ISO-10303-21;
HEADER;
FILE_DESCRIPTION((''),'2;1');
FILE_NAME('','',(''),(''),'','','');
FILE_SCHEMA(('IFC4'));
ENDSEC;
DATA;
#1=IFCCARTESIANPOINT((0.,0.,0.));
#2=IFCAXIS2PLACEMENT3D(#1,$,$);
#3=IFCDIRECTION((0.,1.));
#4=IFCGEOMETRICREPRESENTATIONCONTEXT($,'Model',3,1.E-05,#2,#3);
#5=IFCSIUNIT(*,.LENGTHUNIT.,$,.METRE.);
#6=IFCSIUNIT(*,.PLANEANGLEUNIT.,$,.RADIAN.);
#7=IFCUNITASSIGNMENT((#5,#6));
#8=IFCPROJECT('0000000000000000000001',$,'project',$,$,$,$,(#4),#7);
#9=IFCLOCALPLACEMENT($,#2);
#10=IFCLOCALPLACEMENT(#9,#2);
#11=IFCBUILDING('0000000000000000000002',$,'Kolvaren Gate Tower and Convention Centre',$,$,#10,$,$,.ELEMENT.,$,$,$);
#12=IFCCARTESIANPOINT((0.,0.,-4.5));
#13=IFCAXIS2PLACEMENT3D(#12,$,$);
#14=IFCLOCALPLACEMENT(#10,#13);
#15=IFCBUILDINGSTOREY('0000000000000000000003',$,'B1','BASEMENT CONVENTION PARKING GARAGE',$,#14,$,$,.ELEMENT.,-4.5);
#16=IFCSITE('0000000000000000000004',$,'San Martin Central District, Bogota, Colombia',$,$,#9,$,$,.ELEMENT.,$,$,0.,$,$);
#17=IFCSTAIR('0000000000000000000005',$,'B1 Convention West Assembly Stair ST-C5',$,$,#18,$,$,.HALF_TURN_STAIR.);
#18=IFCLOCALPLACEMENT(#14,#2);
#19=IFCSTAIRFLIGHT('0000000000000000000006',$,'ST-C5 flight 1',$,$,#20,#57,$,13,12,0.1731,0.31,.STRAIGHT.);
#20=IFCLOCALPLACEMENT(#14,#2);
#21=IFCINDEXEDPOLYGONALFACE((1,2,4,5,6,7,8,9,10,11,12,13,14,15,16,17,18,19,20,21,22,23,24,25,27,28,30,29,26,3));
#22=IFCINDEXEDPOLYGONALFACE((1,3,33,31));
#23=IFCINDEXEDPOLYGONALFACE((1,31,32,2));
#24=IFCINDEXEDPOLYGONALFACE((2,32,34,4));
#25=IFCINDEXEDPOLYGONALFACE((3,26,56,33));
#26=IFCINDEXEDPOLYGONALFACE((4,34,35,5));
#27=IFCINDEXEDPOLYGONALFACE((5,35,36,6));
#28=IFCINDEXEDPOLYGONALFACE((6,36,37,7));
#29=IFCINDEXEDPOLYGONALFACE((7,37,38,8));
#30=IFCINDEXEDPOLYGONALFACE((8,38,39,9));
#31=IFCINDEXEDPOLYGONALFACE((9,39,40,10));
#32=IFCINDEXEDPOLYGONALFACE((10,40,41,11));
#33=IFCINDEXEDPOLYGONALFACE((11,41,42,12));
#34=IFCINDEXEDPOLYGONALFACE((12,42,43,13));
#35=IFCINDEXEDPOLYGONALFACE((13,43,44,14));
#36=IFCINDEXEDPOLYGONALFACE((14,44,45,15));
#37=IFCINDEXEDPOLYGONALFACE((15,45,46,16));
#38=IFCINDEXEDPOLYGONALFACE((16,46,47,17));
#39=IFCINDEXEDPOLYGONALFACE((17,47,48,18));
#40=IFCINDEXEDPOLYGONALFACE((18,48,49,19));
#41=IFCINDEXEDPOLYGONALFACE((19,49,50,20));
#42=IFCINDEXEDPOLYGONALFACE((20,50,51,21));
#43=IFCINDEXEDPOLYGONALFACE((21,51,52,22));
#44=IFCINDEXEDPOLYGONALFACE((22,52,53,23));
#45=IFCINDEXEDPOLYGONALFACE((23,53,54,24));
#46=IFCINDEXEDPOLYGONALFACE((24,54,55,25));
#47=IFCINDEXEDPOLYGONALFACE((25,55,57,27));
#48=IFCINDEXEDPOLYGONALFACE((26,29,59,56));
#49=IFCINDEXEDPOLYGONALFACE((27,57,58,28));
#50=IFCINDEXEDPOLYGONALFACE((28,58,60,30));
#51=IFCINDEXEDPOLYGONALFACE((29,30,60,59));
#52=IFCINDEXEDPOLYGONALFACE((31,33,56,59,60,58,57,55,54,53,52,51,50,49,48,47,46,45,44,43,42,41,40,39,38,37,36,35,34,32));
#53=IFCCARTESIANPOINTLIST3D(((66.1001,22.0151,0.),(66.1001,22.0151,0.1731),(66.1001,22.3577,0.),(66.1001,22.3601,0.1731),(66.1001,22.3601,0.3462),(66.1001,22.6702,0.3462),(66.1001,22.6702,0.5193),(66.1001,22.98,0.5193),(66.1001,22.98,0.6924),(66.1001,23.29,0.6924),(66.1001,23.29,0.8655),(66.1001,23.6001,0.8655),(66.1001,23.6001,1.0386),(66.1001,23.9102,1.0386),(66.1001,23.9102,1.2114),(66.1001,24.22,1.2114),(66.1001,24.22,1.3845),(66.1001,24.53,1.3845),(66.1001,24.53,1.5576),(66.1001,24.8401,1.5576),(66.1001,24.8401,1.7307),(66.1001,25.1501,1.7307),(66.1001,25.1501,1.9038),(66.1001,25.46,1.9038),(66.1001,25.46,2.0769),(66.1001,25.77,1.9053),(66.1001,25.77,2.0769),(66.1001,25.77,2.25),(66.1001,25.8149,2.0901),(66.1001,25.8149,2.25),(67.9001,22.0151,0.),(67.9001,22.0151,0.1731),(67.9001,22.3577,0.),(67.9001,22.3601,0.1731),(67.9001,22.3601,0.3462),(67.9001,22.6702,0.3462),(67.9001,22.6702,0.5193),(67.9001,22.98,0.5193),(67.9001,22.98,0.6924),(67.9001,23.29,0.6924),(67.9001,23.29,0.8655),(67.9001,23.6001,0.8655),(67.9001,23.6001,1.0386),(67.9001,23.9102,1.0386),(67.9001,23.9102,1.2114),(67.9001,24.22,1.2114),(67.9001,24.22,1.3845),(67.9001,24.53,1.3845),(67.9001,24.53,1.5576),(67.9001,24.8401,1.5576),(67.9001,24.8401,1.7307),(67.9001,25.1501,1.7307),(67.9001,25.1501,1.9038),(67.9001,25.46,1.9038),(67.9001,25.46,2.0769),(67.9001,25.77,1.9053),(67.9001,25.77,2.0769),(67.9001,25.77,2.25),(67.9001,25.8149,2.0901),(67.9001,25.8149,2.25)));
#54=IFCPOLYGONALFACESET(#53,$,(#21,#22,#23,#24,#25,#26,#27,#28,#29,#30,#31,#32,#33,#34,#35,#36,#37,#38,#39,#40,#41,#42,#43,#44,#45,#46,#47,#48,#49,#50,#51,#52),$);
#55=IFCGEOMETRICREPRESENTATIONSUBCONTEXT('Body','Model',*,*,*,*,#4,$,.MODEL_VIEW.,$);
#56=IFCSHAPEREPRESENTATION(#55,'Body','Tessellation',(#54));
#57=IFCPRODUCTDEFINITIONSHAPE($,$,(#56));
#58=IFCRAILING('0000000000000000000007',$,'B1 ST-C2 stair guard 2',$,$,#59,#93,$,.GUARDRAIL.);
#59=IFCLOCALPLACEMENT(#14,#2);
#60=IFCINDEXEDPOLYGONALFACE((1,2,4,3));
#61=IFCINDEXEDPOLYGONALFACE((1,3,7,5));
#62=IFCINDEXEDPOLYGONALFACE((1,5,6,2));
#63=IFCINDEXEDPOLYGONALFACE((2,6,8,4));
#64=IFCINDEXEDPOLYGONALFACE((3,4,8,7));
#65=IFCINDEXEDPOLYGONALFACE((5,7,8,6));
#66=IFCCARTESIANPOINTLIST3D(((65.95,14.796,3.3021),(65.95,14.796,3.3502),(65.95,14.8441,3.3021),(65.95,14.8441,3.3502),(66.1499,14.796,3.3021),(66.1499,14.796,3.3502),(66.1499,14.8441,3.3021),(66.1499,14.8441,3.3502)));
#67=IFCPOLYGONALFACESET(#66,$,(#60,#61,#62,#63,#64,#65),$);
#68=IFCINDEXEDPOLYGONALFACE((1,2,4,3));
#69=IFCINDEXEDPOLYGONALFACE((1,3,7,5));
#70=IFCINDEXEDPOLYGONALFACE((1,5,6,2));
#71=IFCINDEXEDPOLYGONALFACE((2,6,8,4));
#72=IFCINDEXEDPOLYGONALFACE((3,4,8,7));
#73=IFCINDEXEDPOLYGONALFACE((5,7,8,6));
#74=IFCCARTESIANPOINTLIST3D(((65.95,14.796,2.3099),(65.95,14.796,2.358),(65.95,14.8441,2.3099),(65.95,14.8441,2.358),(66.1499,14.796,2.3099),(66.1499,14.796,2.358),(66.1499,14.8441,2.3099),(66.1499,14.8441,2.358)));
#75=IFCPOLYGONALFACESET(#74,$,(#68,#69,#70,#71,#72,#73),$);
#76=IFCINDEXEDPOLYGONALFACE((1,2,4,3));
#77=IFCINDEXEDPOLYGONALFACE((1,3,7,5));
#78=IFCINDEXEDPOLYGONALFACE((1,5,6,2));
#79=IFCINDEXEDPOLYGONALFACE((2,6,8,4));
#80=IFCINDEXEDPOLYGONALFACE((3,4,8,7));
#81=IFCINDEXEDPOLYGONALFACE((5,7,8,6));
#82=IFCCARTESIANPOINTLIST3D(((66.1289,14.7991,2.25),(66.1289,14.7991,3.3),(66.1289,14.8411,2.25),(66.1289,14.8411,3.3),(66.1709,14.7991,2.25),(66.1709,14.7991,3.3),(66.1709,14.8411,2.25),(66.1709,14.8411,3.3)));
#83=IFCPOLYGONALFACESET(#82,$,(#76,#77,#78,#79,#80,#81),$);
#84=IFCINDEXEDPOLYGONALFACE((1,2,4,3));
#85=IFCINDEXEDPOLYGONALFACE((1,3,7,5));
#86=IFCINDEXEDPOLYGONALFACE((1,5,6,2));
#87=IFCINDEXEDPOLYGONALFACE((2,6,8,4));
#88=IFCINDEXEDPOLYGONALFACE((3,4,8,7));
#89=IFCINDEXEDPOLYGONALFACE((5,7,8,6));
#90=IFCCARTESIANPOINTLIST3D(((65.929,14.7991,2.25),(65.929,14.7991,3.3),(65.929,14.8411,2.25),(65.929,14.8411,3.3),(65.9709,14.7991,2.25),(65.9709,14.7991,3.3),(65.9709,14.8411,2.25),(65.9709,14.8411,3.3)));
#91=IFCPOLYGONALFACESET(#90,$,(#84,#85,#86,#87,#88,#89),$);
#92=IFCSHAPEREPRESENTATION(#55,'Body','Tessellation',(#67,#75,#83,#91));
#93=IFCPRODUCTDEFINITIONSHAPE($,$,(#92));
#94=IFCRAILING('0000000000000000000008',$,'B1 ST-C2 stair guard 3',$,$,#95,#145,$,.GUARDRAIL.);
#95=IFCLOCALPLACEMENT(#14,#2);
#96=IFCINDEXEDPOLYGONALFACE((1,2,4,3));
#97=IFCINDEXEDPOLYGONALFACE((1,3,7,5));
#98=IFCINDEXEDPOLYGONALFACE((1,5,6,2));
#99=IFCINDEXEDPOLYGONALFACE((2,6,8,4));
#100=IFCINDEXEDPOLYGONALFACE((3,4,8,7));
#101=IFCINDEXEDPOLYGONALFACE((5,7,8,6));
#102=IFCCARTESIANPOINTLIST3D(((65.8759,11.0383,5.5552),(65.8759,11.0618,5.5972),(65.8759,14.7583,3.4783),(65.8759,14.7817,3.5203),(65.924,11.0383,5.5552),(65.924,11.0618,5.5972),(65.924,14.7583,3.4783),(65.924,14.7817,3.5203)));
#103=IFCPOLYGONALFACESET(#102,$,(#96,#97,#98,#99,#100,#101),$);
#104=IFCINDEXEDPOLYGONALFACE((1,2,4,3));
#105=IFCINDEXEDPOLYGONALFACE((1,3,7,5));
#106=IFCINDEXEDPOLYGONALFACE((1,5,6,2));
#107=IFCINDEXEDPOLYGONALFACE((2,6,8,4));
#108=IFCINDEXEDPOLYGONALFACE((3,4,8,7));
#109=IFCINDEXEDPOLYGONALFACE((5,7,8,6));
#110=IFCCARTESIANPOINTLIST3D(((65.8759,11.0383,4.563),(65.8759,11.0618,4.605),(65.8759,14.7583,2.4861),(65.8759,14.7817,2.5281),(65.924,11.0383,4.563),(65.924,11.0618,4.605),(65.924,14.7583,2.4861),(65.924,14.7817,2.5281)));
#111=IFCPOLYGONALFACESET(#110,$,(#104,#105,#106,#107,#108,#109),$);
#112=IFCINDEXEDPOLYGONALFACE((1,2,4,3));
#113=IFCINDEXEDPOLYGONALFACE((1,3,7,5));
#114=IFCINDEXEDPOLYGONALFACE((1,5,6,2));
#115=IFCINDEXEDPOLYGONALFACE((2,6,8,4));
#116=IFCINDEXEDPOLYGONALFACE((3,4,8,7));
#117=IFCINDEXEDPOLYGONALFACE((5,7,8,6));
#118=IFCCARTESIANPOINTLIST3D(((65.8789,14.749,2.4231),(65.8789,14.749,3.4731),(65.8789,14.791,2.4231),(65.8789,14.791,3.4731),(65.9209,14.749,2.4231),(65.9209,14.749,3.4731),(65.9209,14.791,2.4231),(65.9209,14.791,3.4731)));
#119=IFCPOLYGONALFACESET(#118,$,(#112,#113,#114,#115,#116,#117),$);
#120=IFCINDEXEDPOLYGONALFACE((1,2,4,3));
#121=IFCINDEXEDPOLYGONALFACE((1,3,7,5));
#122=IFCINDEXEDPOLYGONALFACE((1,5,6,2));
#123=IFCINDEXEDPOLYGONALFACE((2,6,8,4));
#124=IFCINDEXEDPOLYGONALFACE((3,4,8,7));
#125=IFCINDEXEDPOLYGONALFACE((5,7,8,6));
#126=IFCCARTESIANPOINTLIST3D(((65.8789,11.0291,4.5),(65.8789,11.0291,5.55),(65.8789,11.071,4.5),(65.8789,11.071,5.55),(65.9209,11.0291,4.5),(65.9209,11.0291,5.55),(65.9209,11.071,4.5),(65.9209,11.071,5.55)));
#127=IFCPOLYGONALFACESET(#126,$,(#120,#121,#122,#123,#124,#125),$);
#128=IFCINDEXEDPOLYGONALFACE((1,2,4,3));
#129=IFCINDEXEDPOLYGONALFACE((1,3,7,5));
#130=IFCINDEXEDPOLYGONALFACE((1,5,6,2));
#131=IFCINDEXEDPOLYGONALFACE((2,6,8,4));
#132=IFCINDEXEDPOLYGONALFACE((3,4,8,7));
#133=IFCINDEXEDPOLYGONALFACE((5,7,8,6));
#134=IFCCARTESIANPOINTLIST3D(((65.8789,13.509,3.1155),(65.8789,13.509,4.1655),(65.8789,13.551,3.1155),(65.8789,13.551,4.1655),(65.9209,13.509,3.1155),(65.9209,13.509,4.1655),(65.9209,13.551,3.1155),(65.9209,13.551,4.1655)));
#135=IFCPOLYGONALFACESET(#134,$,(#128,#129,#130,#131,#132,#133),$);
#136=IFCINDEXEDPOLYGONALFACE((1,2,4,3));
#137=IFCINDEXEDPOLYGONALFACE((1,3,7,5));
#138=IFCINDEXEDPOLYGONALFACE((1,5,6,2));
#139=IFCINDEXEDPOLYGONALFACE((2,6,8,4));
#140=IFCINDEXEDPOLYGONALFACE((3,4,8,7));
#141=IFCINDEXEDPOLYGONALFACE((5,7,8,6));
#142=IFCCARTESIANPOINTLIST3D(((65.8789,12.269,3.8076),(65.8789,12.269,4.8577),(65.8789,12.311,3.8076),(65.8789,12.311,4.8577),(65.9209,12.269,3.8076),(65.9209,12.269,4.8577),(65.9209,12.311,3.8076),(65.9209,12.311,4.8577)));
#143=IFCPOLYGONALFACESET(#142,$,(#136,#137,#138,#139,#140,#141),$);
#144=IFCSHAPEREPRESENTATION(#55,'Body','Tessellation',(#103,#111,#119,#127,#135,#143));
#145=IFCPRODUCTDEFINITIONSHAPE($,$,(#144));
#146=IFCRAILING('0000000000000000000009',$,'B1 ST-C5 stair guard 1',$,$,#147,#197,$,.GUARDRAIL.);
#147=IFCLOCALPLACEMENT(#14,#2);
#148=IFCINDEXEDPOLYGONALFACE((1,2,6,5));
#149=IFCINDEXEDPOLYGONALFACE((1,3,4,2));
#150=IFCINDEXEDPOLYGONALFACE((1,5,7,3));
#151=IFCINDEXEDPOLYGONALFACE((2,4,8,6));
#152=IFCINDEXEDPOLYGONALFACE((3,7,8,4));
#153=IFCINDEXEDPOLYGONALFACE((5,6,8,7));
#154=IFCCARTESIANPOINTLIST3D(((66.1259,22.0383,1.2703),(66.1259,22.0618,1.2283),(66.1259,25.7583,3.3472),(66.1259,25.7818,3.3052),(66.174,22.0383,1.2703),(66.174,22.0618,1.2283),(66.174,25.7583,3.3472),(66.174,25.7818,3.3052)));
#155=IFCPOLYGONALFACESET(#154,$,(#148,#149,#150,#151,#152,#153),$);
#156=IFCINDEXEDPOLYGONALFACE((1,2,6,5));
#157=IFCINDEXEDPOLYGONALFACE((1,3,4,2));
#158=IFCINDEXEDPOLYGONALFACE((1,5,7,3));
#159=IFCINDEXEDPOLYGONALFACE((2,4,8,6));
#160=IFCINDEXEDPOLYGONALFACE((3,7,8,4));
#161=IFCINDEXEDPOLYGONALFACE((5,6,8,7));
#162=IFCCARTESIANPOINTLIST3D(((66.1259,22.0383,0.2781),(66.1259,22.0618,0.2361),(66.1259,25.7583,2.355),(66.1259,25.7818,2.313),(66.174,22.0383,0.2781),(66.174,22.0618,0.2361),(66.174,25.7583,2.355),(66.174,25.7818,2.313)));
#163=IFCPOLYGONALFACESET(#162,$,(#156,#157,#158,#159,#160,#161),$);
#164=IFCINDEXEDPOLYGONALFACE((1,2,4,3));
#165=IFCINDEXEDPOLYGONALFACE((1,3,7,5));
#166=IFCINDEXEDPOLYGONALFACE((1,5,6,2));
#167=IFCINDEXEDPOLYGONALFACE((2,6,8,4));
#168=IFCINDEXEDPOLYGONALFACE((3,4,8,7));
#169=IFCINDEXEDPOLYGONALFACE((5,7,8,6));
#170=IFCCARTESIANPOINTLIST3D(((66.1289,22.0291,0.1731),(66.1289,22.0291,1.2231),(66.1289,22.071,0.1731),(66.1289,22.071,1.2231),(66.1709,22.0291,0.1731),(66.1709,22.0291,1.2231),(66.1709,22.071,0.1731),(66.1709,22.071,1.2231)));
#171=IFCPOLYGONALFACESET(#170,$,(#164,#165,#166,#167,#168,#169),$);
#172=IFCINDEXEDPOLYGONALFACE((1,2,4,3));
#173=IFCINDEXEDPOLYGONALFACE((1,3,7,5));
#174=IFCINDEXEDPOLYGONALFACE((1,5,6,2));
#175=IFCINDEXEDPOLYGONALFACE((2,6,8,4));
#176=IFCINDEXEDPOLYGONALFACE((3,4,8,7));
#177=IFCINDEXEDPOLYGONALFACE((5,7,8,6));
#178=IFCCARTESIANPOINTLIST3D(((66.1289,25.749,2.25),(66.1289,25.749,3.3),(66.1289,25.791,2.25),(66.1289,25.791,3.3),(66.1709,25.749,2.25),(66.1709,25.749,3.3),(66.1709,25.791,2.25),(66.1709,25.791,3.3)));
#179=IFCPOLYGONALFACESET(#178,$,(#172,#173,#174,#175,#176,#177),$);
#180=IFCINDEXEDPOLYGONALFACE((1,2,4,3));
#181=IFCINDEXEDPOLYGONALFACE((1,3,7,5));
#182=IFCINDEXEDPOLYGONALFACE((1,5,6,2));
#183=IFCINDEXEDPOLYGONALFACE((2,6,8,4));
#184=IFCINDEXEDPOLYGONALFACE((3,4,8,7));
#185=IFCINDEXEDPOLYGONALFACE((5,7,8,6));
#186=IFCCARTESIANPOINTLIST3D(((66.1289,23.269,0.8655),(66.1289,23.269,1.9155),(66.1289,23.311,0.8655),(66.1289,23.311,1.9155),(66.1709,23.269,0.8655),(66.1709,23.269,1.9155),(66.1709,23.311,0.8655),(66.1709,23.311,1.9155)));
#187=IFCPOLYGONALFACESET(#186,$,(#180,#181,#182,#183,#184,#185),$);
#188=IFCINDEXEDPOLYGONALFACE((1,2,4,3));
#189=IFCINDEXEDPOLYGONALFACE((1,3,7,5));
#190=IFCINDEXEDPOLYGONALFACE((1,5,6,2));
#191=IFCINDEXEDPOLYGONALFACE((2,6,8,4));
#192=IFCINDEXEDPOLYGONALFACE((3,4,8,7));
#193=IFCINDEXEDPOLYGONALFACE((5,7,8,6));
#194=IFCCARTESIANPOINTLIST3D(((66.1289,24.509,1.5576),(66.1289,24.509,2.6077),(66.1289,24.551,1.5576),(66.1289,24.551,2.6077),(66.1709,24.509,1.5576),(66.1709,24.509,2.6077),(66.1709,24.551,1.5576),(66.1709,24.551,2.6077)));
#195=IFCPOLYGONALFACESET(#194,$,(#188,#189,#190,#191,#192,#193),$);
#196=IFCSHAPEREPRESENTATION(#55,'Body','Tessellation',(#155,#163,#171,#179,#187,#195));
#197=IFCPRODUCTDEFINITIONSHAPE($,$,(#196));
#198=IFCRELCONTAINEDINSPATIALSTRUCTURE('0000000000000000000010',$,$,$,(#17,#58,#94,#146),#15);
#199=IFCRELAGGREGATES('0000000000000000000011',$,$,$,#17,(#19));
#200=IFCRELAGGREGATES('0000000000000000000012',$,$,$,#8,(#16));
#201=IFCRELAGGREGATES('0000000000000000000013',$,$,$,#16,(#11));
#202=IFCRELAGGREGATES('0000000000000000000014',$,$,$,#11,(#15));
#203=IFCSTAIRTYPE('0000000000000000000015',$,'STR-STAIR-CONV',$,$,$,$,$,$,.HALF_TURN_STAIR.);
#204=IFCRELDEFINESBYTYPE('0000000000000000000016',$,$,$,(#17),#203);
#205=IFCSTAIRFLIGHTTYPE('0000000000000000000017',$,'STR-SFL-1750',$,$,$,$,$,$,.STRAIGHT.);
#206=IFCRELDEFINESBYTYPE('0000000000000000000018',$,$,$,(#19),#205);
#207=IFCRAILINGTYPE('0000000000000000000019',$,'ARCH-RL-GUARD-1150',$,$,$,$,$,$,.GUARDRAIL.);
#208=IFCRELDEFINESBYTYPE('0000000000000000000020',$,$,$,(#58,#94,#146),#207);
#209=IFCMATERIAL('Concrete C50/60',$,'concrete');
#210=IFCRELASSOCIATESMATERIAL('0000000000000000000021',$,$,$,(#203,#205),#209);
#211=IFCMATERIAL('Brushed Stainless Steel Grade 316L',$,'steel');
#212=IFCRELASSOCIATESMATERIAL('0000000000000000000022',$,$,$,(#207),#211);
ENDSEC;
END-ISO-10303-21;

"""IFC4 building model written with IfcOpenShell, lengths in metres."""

from ifc_helpers import new_model, si_unit, direction, frame, origin, origin_2d, place, context, subcontext, project, spatial, polyline, rectangle, outline, extrude, material, type_object, element, aggregate, save


model = new_model("IFC4")

# Units and contexts
model_context = context("Model", 3, precision=1e-05, world=origin(), true_north=direction((0.0, 1.0)))
body_context = subcontext(model_context, "Body", "Model", "MODEL_VIEW")
ifc_project = project(units=[si_unit("LENGTHUNIT", "METRE"), si_unit("PLANEANGLEUNIT", "RADIAN")], contexts=[model_context])

# Site, building, storey
site_placement = place(None, origin())
site = spatial("IfcSite", under=ifc_project, at=site_placement, Name="San Martin Central District, Bogota, Colombia", CompositionType="ELEMENT", RefElevation=0.0)
building_placement = place(site_placement, origin())
building = spatial("IfcBuilding", under=site, at=building_placement, Name="Kolvaren Gate Tower and Convention Centre", CompositionType="ELEMENT")
storey_placement = place(building_placement, frame((0.0, 0.0, -4.5)))
storey = spatial("IfcBuildingStorey", under=building, at=storey_placement, Name="B1", Description="BASEMENT CONVENTION PARKING GARAGE", CompositionType="ELEMENT", Elevation=-4.5)

# Shared definitions
ifc_material_1 = material(Name="Concrete C50/60", Category="concrete")

# Stair, stair flight
stair_type = type_object("IfcStairType", Name="STR-STAIR-CONV", PredefinedType="HALF_TURN_STAIR", material=ifc_material_1)
stair_flight_type = type_object("IfcStairFlightType", Name="STR-SFL-1750", PredefinedType="STRAIGHT", material=ifc_material_1)
stair_1_placement = place(storey_placement, origin())
stair_1 = element("IfcStair", 1, at=stair_1_placement, inside=storey, type_object=stair_type, Name="B1 Convention West Assembly Stair ST-C5", PredefinedType="HALF_TURN_STAIR")
stair_flight_1_placement = place(storey_placement, frame((67.0, 22.05, 0.0), z_axis=(0.0, 0.0, 1.0), x_axis=(0.0, 1.0, 0.0)))
stair_flight_1 = element("IfcStairFlight", 2, at=stair_flight_1_placement, type_object=stair_flight_type, Name="ST-C5 flight 1", NumberOfRisers=13, NumberOfTreads=12, PredefinedType="STRAIGHT", RiserHeight=0.1731, TreadLength=0.31, context=body_context, shape_type="SweptSolid", body=[
    extrude(outline(polyline([(-0.0349, 0.0), (-0.0349, 0.1731), (0.3101, 0.1731), (0.3101, 0.3462), (0.6201, 0.3462), (0.6201, 0.5193), (0.9299, 0.5193), (0.9299, 0.6924), (1.24, 0.6924), (1.24, 0.8655), (1.55, 0.8655), (1.55, 1.0386), (1.8601, 1.0386), (1.8601, 1.2114), (2.1699, 1.2114), (2.1699, 1.3845), (2.48, 1.3845), (2.48, 1.5576), (2.79, 1.5576), (2.79, 1.7307), (3.1001, 1.7307), (3.1001, 1.9038), (3.4099, 1.9038), (3.4099, 2.0769), (3.72, 2.0769), (3.72, 2.25), (3.7649, 2.25), (3.7649, 2.0901), (3.72, 1.9053), (0.3076, 0.0), (-0.0349, 0.0)])), frame((0.0, 0.8999, 0.0), z_axis=(0.0, -1.0, 0.0), x_axis=(1.0, 0.0, 0.0)), (0.0, 0.0, 1.0), 1.8),
])
aggregate(stair_1, [stair_flight_1])

# Railings
ifc_material_2 = material(Name="Brushed Stainless Steel Grade 316L", Category="steel")
railing_type_1 = type_object("IfcRailingType", Name="ARCH-RL-GUARD-1150", PredefinedType="GUARDRAIL", material=ifc_material_2)
railing_1_placement = place(storey_placement, frame((66.1499, 14.8201, 2.25)))
element("IfcRailing", 3, at=railing_1_placement, inside=storey, type_object=railing_type_1, Name="B1 ST-C2 stair guard 2", PredefinedType="GUARDRAIL", context=body_context, shape_type="SweptSolid", body=[
    extrude(rectangle(XDim=0.0481, YDim=0.0481, at=origin_2d()), frame((0.0, 0.0, 1.0762), z_axis=(-1.0, 0.0, 0.0), x_axis=(0.0, -1.0, 0.0)), (0.0, 0.0, 1.0), 0.2),
    extrude(rectangle(XDim=0.0481, YDim=0.0481, at=origin_2d()), frame((0.0, 0.0, 0.084), z_axis=(-1.0, 0.0, 0.0), x_axis=(0.0, -1.0, 0.0)), (0.0, 0.0, 1.0), 0.2),
    extrude(rectangle(XDim=0.042, YDim=0.042, at=origin_2d()), origin(), (0.0, 0.0, 1.0), 1.05),
    extrude(rectangle(XDim=0.042, YDim=0.042, at=origin_2d()), frame((-0.2, 0.0, 0.0)), (0.0, 0.0, 1.0), 1.05),
])
railing_2_placement = place(storey_placement, frame((65.8999, 14.77, 2.4231)))
element("IfcRailing", 4, at=railing_2_placement, inside=storey, type_object=railing_type_1, Name="B1 ST-C2 stair guard 3", PredefinedType="GUARDRAIL", context=body_context, shape_type="SweptSolid", body=[
    extrude(rectangle(XDim=0.0481, YDim=0.0481, at=origin_2d()), frame((0.0, 0.0, 1.0762), z_axis=(0.0, -0.873134, 0.487481), x_axis=(1.0, 0.0, 0.0)), (0.0, 0.0, 1.0), 4.2605),
    extrude(rectangle(XDim=0.0481, YDim=0.0481, at=origin_2d()), frame((0.0, 0.0, 0.084), z_axis=(0.0, -0.873134, 0.487481), x_axis=(1.0, 0.0, 0.0)), (0.0, 0.0, 1.0), 4.2605),
    extrude(rectangle(XDim=0.042, YDim=0.042, at=origin_2d()), origin(), (0.0, 0.0, 1.0), 1.05),
    extrude(rectangle(XDim=0.042, YDim=0.042, at=origin_2d()), frame((0.0, -3.72, 2.0769)), (0.0, 0.0, 1.0), 1.05),
    extrude(rectangle(XDim=0.042, YDim=0.042, at=origin_2d()), frame((0.0, -1.24, 0.6924)), (0.0, 0.0, 1.0), 1.05),
    extrude(rectangle(XDim=0.042, YDim=0.042, at=origin_2d()), frame((0.0, -2.48, 1.3845)), (0.0, 0.0, 1.0), 1.05),
])
railing_3_placement = place(storey_placement, frame((66.1499, 22.05, 0.1731)))
element("IfcRailing", 5, at=railing_3_placement, inside=storey, type_object=railing_type_1, Name="B1 ST-C5 stair guard 1", PredefinedType="GUARDRAIL", context=body_context, shape_type="SweptSolid", body=[
    extrude(rectangle(XDim=0.0481, YDim=0.0481, at=origin_2d()), frame((0.0, 0.0, 1.0762), z_axis=(0.0, 0.873134, 0.487481), x_axis=(-1.0, 0.0, 0.0)), (0.0, 0.0, 1.0), 4.2605),
    extrude(rectangle(XDim=0.0481, YDim=0.0481, at=origin_2d()), frame((0.0, 0.0, 0.084), z_axis=(0.0, 0.873134, 0.487481), x_axis=(-1.0, 0.0, 0.0)), (0.0, 0.0, 1.0), 4.2605),
    extrude(rectangle(XDim=0.042, YDim=0.042, at=origin_2d()), origin(), (0.0, 0.0, 1.0), 1.05),
    extrude(rectangle(XDim=0.042, YDim=0.042, at=origin_2d()), frame((0.0, 3.72, 2.0769)), (0.0, 0.0, 1.0), 1.05),
    extrude(rectangle(XDim=0.042, YDim=0.042, at=origin_2d()), frame((0.0, 1.24, 0.6924)), (0.0, 0.0, 1.0), 1.05),
    extrude(rectangle(XDim=0.042, YDim=0.042, at=origin_2d()), frame((0.0, 2.48, 1.3845)), (0.0, 0.0, 1.0), 1.05),
])

save(model, "model.ifc")
